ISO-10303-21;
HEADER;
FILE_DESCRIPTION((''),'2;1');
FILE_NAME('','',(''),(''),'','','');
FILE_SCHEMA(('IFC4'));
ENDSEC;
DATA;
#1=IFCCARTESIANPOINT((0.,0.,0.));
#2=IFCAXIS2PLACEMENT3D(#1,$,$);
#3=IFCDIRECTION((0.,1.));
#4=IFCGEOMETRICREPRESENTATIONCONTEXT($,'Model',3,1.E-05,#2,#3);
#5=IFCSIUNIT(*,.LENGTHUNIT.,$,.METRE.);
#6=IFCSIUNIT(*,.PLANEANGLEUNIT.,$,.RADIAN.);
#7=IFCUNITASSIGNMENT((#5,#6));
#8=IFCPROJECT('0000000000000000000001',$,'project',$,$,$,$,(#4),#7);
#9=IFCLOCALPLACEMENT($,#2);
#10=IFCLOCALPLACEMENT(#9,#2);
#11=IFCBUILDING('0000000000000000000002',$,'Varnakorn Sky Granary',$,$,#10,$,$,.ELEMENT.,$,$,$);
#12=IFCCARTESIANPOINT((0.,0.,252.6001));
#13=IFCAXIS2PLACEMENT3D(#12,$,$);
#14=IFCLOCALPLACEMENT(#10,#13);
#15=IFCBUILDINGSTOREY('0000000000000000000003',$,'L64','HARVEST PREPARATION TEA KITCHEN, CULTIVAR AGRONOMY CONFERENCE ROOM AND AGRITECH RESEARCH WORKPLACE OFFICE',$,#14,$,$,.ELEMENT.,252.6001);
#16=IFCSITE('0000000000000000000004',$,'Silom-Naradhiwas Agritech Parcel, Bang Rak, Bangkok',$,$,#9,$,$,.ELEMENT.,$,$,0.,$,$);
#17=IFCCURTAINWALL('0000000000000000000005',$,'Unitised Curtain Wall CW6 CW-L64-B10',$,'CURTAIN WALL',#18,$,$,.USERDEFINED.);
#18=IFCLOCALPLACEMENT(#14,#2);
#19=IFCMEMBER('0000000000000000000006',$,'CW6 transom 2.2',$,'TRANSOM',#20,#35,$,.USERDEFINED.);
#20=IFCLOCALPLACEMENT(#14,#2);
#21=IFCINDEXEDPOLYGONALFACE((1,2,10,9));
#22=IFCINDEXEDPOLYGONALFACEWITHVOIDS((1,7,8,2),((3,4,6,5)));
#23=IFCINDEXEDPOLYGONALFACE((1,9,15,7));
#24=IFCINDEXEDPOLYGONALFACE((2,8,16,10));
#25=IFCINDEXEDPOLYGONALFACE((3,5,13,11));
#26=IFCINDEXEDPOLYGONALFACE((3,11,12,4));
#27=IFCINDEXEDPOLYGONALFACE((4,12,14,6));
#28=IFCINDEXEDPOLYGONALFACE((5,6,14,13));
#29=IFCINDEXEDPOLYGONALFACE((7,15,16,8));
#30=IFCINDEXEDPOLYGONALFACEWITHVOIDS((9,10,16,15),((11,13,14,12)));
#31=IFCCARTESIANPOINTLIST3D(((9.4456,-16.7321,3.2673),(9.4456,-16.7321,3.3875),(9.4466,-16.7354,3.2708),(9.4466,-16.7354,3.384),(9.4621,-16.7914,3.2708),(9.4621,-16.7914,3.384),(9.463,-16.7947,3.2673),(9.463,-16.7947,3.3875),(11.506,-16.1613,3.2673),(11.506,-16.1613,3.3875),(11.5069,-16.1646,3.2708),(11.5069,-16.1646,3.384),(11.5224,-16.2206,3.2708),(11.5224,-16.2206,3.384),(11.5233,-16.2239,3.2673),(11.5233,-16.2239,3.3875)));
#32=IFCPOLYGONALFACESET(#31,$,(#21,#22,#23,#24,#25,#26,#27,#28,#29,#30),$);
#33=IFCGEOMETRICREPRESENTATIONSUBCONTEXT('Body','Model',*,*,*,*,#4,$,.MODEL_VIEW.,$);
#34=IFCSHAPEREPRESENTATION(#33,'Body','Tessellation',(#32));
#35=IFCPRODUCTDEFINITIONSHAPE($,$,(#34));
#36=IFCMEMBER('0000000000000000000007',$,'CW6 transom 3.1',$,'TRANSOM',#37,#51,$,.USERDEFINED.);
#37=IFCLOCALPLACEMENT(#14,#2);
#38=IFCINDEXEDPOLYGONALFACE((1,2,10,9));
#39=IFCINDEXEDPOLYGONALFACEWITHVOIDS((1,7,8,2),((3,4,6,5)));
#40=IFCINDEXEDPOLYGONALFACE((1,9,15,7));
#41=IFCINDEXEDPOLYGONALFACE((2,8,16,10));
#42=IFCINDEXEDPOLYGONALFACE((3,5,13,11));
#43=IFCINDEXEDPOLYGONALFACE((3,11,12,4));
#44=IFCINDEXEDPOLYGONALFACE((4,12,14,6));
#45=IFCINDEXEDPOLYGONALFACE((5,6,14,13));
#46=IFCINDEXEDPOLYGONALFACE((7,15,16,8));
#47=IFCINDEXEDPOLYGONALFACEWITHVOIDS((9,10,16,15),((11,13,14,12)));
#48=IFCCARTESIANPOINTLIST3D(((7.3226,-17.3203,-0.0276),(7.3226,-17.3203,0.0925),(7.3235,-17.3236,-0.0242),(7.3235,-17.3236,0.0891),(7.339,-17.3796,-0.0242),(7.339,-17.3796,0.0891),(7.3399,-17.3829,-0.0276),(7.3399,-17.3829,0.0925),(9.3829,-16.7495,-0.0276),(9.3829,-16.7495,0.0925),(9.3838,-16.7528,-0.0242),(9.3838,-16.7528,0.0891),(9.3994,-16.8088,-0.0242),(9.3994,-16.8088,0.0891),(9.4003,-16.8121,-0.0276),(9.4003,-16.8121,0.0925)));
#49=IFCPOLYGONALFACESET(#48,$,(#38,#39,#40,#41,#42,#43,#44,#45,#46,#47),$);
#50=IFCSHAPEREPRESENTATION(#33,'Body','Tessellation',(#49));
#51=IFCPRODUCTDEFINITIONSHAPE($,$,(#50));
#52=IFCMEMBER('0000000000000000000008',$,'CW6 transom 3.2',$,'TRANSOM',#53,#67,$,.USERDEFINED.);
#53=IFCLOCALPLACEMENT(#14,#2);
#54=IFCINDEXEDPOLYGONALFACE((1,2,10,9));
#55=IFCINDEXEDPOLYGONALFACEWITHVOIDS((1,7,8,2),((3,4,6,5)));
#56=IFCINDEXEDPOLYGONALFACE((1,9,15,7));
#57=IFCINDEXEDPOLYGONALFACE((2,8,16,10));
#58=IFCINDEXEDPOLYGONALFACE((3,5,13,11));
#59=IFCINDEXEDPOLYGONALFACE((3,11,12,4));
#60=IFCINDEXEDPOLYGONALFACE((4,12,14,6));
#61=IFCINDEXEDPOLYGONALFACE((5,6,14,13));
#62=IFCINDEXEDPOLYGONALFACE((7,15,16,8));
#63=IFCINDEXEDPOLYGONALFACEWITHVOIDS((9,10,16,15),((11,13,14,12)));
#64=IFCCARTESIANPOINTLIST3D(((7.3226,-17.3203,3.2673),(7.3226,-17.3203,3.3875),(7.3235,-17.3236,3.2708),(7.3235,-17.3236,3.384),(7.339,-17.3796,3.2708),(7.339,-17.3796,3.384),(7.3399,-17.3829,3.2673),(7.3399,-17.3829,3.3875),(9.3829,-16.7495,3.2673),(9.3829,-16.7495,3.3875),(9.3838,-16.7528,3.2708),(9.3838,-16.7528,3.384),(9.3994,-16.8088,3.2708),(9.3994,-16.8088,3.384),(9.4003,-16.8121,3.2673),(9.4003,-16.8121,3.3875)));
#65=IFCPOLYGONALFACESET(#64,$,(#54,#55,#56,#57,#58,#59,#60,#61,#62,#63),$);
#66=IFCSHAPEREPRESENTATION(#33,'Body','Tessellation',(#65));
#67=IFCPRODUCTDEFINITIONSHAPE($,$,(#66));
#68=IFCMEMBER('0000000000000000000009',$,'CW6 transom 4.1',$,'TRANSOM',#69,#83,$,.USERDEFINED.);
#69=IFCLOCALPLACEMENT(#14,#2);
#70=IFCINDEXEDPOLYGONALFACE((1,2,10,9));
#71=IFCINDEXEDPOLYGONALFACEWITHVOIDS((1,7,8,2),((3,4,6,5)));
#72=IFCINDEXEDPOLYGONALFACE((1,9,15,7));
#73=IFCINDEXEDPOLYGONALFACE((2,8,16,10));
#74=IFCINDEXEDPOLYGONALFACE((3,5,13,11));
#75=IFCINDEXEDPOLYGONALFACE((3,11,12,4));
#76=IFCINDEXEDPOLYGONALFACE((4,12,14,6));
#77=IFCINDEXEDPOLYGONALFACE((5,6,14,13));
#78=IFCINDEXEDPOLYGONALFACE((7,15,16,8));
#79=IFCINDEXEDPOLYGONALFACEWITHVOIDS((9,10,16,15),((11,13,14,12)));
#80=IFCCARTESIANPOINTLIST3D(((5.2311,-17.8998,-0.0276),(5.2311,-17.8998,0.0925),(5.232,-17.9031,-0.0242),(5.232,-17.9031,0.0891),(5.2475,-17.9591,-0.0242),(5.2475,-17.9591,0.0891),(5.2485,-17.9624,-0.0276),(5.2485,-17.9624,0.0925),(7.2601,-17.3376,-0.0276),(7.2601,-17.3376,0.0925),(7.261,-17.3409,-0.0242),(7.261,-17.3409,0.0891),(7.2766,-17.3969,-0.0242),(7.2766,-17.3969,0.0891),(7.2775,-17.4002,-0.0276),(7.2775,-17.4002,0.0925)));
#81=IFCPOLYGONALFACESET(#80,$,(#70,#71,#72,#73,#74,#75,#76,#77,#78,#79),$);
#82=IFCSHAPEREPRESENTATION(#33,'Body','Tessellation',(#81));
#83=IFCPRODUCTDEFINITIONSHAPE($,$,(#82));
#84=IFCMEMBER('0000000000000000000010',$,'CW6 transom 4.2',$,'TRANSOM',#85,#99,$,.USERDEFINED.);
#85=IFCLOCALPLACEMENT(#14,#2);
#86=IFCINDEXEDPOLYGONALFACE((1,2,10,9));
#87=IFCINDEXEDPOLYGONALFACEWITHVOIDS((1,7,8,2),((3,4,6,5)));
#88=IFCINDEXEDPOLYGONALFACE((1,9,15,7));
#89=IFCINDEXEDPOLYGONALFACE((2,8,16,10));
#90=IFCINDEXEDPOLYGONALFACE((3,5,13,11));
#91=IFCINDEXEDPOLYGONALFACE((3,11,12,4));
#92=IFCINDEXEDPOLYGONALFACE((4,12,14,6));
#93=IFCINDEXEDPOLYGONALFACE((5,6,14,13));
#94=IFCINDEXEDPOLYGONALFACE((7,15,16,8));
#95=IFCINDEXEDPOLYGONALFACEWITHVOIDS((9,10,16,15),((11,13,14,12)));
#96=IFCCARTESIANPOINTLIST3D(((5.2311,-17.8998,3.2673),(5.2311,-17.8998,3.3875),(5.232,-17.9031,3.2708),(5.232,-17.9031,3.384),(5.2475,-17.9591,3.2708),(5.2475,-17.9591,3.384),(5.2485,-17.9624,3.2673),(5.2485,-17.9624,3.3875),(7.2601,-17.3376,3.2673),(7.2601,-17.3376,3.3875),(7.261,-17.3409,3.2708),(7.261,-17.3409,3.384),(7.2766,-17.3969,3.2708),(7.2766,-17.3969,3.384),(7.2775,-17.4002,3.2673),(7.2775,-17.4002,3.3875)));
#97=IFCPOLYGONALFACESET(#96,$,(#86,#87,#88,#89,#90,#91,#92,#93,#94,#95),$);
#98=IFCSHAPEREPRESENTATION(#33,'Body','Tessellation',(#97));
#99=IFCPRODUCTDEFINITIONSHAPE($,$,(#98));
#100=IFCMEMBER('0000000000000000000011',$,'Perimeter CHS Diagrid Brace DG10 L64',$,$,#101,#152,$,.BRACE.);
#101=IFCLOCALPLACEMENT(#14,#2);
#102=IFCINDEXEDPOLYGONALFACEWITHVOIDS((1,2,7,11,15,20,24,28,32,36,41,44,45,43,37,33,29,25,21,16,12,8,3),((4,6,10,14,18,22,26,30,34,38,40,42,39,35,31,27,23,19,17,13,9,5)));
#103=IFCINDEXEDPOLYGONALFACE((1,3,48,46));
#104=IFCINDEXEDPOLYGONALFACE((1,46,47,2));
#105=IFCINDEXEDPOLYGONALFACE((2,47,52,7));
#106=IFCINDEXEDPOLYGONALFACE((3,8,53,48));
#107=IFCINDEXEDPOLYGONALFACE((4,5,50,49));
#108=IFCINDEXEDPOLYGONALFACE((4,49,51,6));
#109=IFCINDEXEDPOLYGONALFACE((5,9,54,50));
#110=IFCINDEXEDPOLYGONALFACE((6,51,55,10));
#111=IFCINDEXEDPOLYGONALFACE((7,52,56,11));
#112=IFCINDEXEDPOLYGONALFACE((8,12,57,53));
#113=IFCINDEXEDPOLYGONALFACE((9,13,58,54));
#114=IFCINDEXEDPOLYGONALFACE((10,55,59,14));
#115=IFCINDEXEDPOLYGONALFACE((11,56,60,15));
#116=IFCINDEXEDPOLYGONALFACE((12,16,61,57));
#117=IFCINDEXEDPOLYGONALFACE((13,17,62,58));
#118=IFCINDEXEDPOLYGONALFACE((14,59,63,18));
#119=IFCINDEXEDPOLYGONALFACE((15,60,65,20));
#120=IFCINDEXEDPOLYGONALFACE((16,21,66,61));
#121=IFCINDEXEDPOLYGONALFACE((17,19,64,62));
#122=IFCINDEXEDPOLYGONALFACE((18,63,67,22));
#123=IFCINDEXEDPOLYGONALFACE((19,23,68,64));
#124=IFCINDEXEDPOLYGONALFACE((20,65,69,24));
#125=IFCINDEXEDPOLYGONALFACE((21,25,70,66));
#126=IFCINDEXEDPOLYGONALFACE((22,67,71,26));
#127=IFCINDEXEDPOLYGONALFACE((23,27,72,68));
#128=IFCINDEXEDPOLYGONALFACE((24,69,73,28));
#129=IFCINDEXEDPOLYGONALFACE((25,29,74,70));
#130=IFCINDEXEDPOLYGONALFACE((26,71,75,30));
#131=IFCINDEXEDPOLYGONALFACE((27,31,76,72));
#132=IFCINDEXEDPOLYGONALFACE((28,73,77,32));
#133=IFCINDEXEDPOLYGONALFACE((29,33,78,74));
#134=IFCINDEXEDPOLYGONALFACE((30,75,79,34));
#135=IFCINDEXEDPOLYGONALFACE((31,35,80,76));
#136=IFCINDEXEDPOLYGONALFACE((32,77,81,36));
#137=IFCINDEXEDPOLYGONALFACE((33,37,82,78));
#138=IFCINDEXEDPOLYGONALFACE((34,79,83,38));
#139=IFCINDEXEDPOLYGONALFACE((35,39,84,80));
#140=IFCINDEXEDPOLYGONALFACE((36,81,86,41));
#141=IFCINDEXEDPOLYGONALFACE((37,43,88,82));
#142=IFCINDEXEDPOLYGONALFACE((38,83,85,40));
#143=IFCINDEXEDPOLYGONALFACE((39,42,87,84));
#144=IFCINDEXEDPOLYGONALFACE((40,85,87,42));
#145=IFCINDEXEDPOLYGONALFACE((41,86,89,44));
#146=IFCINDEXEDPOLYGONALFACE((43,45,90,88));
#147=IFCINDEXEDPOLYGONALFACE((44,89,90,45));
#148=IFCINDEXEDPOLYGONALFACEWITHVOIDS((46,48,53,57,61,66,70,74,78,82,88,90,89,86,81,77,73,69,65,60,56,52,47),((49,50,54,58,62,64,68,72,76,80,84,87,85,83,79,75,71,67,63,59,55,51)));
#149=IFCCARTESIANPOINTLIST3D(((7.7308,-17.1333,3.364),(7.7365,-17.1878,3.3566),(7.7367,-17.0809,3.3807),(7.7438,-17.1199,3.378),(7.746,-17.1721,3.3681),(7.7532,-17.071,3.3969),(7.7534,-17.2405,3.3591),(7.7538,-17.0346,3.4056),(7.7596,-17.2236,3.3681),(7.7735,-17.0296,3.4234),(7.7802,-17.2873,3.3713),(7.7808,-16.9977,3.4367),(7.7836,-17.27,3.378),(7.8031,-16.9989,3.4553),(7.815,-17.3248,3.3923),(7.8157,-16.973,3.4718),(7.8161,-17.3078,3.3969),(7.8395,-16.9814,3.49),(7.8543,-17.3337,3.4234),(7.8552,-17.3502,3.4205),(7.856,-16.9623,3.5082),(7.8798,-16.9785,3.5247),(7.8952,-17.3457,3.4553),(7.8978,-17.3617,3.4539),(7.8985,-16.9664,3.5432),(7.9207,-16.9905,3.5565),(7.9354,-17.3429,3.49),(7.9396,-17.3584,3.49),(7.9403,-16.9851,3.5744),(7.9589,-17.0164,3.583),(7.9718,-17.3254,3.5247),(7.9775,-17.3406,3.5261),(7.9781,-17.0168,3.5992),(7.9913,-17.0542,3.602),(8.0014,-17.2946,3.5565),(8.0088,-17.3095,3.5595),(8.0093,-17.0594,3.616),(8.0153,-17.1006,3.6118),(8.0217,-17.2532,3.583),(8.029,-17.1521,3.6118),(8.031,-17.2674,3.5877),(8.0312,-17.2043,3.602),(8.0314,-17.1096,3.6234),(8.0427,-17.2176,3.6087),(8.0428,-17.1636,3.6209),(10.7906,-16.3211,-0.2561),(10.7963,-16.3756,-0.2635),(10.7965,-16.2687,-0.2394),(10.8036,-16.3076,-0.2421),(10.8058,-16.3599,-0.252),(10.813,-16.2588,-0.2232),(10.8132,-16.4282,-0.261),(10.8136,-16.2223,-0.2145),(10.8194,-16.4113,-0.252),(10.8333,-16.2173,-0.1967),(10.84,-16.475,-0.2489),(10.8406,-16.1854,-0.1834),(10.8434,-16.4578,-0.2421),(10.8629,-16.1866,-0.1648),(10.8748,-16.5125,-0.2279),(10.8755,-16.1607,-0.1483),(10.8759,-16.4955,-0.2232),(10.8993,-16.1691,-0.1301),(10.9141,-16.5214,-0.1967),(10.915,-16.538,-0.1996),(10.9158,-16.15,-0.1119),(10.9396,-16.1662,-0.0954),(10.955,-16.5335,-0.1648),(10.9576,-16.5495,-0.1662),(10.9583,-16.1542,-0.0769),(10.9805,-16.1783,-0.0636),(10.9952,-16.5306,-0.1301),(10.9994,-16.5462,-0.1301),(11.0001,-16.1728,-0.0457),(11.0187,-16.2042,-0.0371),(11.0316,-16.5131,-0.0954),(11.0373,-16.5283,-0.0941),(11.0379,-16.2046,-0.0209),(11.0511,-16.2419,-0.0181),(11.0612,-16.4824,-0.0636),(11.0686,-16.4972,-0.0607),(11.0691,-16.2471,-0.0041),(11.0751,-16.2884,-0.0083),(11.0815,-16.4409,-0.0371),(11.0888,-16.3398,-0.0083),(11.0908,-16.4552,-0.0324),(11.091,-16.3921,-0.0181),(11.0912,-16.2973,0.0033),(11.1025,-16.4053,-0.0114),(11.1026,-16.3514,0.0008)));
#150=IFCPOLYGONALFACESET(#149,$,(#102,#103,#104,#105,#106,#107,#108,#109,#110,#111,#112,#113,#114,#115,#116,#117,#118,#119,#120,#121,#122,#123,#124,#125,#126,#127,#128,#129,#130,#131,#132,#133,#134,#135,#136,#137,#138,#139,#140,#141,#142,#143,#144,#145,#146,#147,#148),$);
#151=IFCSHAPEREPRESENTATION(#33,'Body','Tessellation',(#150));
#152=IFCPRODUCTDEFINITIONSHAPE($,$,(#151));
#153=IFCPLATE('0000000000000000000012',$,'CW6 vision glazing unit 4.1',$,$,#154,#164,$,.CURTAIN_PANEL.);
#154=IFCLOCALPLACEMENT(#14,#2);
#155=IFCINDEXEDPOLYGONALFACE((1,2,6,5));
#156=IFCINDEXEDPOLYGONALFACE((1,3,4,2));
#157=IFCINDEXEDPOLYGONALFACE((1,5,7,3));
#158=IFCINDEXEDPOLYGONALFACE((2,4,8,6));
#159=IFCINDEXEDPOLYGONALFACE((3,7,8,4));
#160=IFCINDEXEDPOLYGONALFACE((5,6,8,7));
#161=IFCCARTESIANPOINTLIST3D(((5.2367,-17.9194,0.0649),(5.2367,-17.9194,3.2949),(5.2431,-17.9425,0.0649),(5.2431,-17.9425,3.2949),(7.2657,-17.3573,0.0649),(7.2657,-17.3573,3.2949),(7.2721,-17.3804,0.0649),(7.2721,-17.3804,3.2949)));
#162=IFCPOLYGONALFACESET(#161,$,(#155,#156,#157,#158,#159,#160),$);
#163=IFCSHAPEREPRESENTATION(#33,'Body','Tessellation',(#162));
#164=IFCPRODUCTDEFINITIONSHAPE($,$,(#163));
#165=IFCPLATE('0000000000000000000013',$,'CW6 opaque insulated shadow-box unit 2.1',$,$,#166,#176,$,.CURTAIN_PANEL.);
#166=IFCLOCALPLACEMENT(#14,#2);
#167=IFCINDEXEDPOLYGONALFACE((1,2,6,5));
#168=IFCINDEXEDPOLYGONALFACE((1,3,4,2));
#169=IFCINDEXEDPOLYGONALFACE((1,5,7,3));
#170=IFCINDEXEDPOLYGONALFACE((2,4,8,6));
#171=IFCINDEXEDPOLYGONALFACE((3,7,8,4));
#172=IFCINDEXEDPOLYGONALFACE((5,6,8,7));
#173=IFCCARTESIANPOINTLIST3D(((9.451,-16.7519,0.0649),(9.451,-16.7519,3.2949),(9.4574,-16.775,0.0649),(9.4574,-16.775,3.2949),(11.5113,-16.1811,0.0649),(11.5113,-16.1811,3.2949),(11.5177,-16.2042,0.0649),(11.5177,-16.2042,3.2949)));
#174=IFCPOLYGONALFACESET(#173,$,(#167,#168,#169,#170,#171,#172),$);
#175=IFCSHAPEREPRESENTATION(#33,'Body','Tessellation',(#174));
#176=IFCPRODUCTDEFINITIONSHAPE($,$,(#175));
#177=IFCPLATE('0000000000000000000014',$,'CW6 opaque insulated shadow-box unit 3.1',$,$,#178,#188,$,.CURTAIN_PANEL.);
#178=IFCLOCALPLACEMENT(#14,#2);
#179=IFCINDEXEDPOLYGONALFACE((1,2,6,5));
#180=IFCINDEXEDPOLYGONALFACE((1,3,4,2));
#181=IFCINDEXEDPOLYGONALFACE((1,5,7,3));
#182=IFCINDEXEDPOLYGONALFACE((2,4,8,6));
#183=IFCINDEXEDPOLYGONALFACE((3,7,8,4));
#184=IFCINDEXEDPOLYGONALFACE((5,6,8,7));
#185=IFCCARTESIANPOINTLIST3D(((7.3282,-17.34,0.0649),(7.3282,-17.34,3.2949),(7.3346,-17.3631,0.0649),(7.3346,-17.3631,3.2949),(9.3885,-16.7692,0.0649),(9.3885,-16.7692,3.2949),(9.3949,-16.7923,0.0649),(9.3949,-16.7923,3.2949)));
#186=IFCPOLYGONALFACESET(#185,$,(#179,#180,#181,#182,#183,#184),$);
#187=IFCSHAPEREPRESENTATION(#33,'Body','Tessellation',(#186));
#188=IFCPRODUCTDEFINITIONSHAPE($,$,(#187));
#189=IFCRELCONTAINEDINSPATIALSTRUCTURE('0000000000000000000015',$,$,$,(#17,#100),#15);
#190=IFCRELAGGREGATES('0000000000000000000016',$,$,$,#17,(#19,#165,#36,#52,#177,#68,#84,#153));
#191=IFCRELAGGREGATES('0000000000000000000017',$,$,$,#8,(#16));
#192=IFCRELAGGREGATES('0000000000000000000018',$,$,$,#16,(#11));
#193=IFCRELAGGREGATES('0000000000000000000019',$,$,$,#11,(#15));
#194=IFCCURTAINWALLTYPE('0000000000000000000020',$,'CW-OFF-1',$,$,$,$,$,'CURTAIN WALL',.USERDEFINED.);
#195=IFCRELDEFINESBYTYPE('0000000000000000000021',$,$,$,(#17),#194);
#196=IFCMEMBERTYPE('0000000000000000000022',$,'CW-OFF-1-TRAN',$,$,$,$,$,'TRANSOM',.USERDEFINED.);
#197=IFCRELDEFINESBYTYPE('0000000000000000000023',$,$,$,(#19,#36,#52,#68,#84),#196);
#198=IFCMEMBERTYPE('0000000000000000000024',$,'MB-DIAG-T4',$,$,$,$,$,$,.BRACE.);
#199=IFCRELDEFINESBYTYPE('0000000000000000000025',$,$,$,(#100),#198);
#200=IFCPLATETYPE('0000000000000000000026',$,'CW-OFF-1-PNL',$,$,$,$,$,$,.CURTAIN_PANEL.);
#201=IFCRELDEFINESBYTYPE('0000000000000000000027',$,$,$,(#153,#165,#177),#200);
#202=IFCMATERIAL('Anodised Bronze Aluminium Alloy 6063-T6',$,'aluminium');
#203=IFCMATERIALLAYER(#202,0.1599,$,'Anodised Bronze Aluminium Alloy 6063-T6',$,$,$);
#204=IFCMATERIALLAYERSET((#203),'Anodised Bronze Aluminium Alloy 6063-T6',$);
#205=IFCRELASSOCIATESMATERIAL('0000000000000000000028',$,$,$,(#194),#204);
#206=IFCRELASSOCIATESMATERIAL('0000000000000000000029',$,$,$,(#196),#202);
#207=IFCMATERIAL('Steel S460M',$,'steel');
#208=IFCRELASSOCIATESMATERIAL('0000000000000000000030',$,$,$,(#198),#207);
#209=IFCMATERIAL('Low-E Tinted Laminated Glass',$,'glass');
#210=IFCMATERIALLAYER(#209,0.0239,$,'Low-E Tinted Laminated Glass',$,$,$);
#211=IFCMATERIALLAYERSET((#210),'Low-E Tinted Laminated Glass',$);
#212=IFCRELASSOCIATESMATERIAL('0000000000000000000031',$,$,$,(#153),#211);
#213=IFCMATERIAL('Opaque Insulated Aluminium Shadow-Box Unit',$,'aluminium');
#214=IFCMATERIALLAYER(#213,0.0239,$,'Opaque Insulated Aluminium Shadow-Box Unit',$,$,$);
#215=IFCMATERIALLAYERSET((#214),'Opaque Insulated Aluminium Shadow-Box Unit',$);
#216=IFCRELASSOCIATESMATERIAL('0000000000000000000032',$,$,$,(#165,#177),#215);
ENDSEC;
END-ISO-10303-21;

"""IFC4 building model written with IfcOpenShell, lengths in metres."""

from ifc_helpers import new_model, si_unit, direction, frame, origin, origin_2d, place, context, subcontext, project, spatial, rectangle, hollow_rectangle, hollow_circle, extrude, source, transform, mapped, material, layer, layer_set, material_profile, profile_set, type_object, type_shapes, element, aggregate, save


model = new_model("IFC4")

# Units and contexts
model_context = context("Model", 3, precision=1e-05, world=origin(), true_north=direction((0.0, 1.0)))
body_context = subcontext(model_context, "Body", "Model", "MODEL_VIEW")
ifc_project = project(units=[si_unit("LENGTHUNIT", "METRE"), si_unit("PLANEANGLEUNIT", "RADIAN")], contexts=[model_context])

# Site, building, storey
site_placement = place(None, origin())
site = spatial("IfcSite", under=ifc_project, at=site_placement, Name="Silom-Naradhiwas Agritech Parcel, Bang Rak, Bangkok", CompositionType="ELEMENT", RefElevation=0.0)
building_placement = place(site_placement, origin())
building = spatial("IfcBuilding", under=site, at=building_placement, Name="Varnakorn Sky Granary", CompositionType="ELEMENT")
storey_placement = place(building_placement, frame((0.0, 0.0, 252.6001)))
storey = spatial("IfcBuildingStorey", under=building, at=storey_placement, Name="L64", Description="HARVEST PREPARATION TEA KITCHEN, CULTIVAR AGRONOMY CONFERENCE ROOM AND AGRITECH RESEARCH WORKPLACE OFFICE", CompositionType="ELEMENT", Elevation=252.6001)

# Shared definitions
ifc_material_1 = material(Name="Steel S460M", Category="steel")

# Curtain wall, members
ifc_material_2 = material(Name="Anodised Bronze Aluminium Alloy 6063-T6", Category="aluminium")
ifc_layer_1 = layer(ifc_material_2, 0.1599, Name="Anodised Bronze Aluminium Alloy 6063-T6")
ifc_layer_set_1 = layer_set([ifc_layer_1], Name="Anodised Bronze Aluminium Alloy 6063-T6")
curtain_wall_type = type_object("IfcCurtainWallType", Name="CW-OFF-1", ElementType="CURTAIN WALL", PredefinedType="USERDEFINED", material=ifc_layer_set_1)
curtain_wall_placement = place(storey_placement, origin())
curtain_wall = element("IfcCurtainWall", 1, at=curtain_wall_placement, inside=storey, type_object=curtain_wall_type, Name="Unitised Curtain Wall CW6 CW-L64-B10", ObjectType="CURTAIN WALL", PredefinedType="USERDEFINED")
ifc_material_profile_1 = material_profile(ifc_material_2, hollow_rectangle(XDim=0.0649, YDim=0.1201, WallThickness=0.0034, at=origin_2d()), Name="ALU TRAN 65x120")
ifc_profile_set_1 = profile_set([ifc_material_profile_1], Name="Anodised Bronze Aluminium Alloy 6063-T6")
member_type_1 = type_object("IfcMemberType", Name="CW-OFF-1-TRAN", ElementType="TRANSOM", PredefinedType="USERDEFINED", material=ifc_profile_set_1)
member_1_placement = place(storey_placement, frame((11.5146, -16.1926, 3.3274), z_axis=(-0.963699, -0.26699, 0.0), x_axis=(0.26699, -0.963699, 0.0)))
member_1 = element("IfcMember", 2, at=member_1_placement, type_object=member_type_1, Name="CW6 transom 2.2", ObjectType="TRANSOM", PredefinedType="USERDEFINED", context=body_context, shape_type="SweptSolid", body=[
    extrude(hollow_rectangle(XDim=0.0649, YDim=0.1201, WallThickness=0.0034, at=origin_2d()), origin(), (0.0, 0.0, 1.0), 2.1379),
])
member_2_placement = place(storey_placement, frame((9.3916, -16.7808, 0.0325), z_axis=(-0.963699, -0.26699, 0.0), x_axis=(0.26699, -0.963699, 0.0)))
member_2 = element("IfcMember", 3, at=member_2_placement, type_object=member_type_1, Name="CW6 transom 3.1", ObjectType="TRANSOM", PredefinedType="USERDEFINED", context=body_context, shape_type="SweptSolid", body=[
    extrude(hollow_rectangle(XDim=0.0649, YDim=0.1201, WallThickness=0.0034, at=origin_2d()), origin(), (0.0, 0.0, 1.0), 2.1379),
])
member_3_placement = place(storey_placement, frame((9.3916, -16.7808, 3.3274), z_axis=(-0.963699, -0.26699, 0.0), x_axis=(0.26699, -0.963699, 0.0)))
member_3 = element("IfcMember", 4, at=member_3_placement, type_object=member_type_1, Name="CW6 transom 3.2", ObjectType="TRANSOM", PredefinedType="USERDEFINED", context=body_context, shape_type="SweptSolid", body=[
    extrude(hollow_rectangle(XDim=0.0649, YDim=0.1201, WallThickness=0.0034, at=origin_2d()), origin(), (0.0, 0.0, 1.0), 2.1379),
])
member_4_placement = place(storey_placement, frame((7.2688, -17.3689, 0.0325), z_axis=(-0.963686, -0.26704, 0.0), x_axis=(0.26704, -0.963686, 0.0)))
member_4 = element("IfcMember", 5, at=member_4_placement, type_object=member_type_1, Name="CW6 transom 4.1", ObjectType="TRANSOM", PredefinedType="USERDEFINED", context=body_context, shape_type="SweptSolid", body=[
    extrude(hollow_rectangle(XDim=0.0649, YDim=0.1201, WallThickness=0.0034, at=origin_2d()), origin(), (0.0, 0.0, 1.0), 2.1055),
])
member_5_placement = place(storey_placement, frame((7.2688, -17.3689, 3.3274), z_axis=(-0.963686, -0.26704, 0.0), x_axis=(0.26704, -0.963686, 0.0)))
member_5 = element("IfcMember", 6, at=member_5_placement, type_object=member_type_1, Name="CW6 transom 4.2", ObjectType="TRANSOM", PredefinedType="USERDEFINED", context=body_context, shape_type="SweptSolid", body=[
    extrude(hollow_rectangle(XDim=0.0649, YDim=0.1201, WallThickness=0.0034, at=origin_2d()), origin(), (0.0, 0.0, 1.0), 2.1055),
])

# Member
ifc_material_profile_2 = material_profile(ifc_material_1, hollow_circle(Radius=0.2031, WallThickness=0.0161, at=origin_2d()), Name="CHS 406.4x16")
ifc_profile_set_2 = profile_set([ifc_material_profile_2], Name="Steel S460M")
member_type_2 = type_object("IfcMemberType", Name="MB-DIAG-T4", PredefinedType="BRACE", material=ifc_profile_set_2)
member_6_placement = place(storey_placement, frame((10.9473, -16.3499, -0.1301), z_axis=(-0.636255, -0.1689, 0.752763), x_axis=(0.256573, -0.966525, 0.0)))
element("IfcMember", 7, at=member_6_placement, inside=storey, type_object=member_type_2, Name="Perimeter CHS Diagrid Brace DG10 L64", PredefinedType="BRACE", context=body_context, shape_type="SweptSolid", body=[
    extrude(hollow_circle(Radius=0.2031, WallThickness=0.0161, at=origin_2d()), origin(), (0.0, 0.0, 1.0), 4.8091),
])

# Plates
ifc_material_3 = material(Name="Low-E Tinted Laminated Glass", Category="glass")
ifc_layer_2 = layer(ifc_material_3, 0.0239, Name="Low-E Tinted Laminated Glass")
ifc_layer_set_2 = layer_set([ifc_layer_2], Name="Low-E Tinted Laminated Glass")
plate_type = type_object("IfcPlateType", Name="CW-OFF-1-PNL", PredefinedType="CURTAIN_PANEL")
shared_shape_1 = source(origin(), body_context, "Body", "SweptSolid", [
    extrude(rectangle(XDim=2.1055, YDim=0.0239, at=origin_2d()), origin(), (0.0, 0.0, 1.0), 3.23),
])
plate_1_placement = place(storey_placement, frame((6.2544, -17.6499, 0.0649), z_axis=(0.0, 0.0, 1.0), x_axis=(-0.963701, -0.266982, 0.0)))
plate_1 = element("IfcPlate", 8, at=plate_1_placement, type_object=plate_type, material=ifc_layer_set_2, Name="CW6 vision glazing unit 4.1", PredefinedType="CURTAIN_PANEL", context=body_context, shape_type="MappedRepresentation", body=[
    mapped(shared_shape_1, transform((0.0, 0.0, 0.0), x_axis=(1.0, 0.0, 0.0), y_axis=(0.0, 1.0, 0.0), z_axis=(0.0, 0.0, 1.0), scale=1.0)),
])
ifc_material_4 = material(Name="Opaque Insulated Aluminium Shadow-Box Unit", Category="aluminium")
ifc_layer_3 = layer(ifc_material_4, 0.0239, Name="Opaque Insulated Aluminium Shadow-Box Unit")
ifc_layer_set_3 = layer_set([ifc_layer_3], Name="Opaque Insulated Aluminium Shadow-Box Unit")
shared_shape_2 = source(origin(), body_context, "Body", "SweptSolid", [
    extrude(rectangle(XDim=2.1379, YDim=0.0239, at=origin_2d()), origin(), (0.0, 0.0, 1.0), 3.23),
])
type_shapes(plate_type, [shared_shape_1, shared_shape_2])
plate_2_placement = place(storey_placement, frame((10.4844, -16.478, 0.0649), z_axis=(0.0, 0.0, 1.0), x_axis=(-0.963701, -0.266982, 0.0)))
plate_2 = element("IfcPlate", 9, at=plate_2_placement, type_object=plate_type, material=ifc_layer_set_3, Name="CW6 opaque insulated shadow-box unit 2.1", PredefinedType="CURTAIN_PANEL", context=body_context, shape_type="MappedRepresentation", body=[
    mapped(shared_shape_2, transform((0.0, 0.0, 0.0), x_axis=(1.0, 0.0, 0.0), y_axis=(0.0, 1.0, 0.0), z_axis=(0.0, 0.0, 1.0), scale=1.0)),
])
plate_3_placement = place(storey_placement, frame((8.3616, -17.0662, 0.0649), z_axis=(0.0, 0.0, 1.0), x_axis=(-0.963701, -0.266982, 0.0)))
plate_3 = element("IfcPlate", 10, at=plate_3_placement, type_object=plate_type, material=ifc_layer_set_3, Name="CW6 opaque insulated shadow-box unit 3.1", PredefinedType="CURTAIN_PANEL", context=body_context, shape_type="MappedRepresentation", body=[
    mapped(shared_shape_2, transform((0.0, 0.0, 0.0), x_axis=(1.0, 0.0, 0.0), y_axis=(0.0, 1.0, 0.0), z_axis=(0.0, 0.0, 1.0), scale=1.0)),
])
aggregate(curtain_wall, [member_1, plate_2, member_2, member_3, plate_3, member_4, member_5, plate_1])

save(model, "model.ifc")
